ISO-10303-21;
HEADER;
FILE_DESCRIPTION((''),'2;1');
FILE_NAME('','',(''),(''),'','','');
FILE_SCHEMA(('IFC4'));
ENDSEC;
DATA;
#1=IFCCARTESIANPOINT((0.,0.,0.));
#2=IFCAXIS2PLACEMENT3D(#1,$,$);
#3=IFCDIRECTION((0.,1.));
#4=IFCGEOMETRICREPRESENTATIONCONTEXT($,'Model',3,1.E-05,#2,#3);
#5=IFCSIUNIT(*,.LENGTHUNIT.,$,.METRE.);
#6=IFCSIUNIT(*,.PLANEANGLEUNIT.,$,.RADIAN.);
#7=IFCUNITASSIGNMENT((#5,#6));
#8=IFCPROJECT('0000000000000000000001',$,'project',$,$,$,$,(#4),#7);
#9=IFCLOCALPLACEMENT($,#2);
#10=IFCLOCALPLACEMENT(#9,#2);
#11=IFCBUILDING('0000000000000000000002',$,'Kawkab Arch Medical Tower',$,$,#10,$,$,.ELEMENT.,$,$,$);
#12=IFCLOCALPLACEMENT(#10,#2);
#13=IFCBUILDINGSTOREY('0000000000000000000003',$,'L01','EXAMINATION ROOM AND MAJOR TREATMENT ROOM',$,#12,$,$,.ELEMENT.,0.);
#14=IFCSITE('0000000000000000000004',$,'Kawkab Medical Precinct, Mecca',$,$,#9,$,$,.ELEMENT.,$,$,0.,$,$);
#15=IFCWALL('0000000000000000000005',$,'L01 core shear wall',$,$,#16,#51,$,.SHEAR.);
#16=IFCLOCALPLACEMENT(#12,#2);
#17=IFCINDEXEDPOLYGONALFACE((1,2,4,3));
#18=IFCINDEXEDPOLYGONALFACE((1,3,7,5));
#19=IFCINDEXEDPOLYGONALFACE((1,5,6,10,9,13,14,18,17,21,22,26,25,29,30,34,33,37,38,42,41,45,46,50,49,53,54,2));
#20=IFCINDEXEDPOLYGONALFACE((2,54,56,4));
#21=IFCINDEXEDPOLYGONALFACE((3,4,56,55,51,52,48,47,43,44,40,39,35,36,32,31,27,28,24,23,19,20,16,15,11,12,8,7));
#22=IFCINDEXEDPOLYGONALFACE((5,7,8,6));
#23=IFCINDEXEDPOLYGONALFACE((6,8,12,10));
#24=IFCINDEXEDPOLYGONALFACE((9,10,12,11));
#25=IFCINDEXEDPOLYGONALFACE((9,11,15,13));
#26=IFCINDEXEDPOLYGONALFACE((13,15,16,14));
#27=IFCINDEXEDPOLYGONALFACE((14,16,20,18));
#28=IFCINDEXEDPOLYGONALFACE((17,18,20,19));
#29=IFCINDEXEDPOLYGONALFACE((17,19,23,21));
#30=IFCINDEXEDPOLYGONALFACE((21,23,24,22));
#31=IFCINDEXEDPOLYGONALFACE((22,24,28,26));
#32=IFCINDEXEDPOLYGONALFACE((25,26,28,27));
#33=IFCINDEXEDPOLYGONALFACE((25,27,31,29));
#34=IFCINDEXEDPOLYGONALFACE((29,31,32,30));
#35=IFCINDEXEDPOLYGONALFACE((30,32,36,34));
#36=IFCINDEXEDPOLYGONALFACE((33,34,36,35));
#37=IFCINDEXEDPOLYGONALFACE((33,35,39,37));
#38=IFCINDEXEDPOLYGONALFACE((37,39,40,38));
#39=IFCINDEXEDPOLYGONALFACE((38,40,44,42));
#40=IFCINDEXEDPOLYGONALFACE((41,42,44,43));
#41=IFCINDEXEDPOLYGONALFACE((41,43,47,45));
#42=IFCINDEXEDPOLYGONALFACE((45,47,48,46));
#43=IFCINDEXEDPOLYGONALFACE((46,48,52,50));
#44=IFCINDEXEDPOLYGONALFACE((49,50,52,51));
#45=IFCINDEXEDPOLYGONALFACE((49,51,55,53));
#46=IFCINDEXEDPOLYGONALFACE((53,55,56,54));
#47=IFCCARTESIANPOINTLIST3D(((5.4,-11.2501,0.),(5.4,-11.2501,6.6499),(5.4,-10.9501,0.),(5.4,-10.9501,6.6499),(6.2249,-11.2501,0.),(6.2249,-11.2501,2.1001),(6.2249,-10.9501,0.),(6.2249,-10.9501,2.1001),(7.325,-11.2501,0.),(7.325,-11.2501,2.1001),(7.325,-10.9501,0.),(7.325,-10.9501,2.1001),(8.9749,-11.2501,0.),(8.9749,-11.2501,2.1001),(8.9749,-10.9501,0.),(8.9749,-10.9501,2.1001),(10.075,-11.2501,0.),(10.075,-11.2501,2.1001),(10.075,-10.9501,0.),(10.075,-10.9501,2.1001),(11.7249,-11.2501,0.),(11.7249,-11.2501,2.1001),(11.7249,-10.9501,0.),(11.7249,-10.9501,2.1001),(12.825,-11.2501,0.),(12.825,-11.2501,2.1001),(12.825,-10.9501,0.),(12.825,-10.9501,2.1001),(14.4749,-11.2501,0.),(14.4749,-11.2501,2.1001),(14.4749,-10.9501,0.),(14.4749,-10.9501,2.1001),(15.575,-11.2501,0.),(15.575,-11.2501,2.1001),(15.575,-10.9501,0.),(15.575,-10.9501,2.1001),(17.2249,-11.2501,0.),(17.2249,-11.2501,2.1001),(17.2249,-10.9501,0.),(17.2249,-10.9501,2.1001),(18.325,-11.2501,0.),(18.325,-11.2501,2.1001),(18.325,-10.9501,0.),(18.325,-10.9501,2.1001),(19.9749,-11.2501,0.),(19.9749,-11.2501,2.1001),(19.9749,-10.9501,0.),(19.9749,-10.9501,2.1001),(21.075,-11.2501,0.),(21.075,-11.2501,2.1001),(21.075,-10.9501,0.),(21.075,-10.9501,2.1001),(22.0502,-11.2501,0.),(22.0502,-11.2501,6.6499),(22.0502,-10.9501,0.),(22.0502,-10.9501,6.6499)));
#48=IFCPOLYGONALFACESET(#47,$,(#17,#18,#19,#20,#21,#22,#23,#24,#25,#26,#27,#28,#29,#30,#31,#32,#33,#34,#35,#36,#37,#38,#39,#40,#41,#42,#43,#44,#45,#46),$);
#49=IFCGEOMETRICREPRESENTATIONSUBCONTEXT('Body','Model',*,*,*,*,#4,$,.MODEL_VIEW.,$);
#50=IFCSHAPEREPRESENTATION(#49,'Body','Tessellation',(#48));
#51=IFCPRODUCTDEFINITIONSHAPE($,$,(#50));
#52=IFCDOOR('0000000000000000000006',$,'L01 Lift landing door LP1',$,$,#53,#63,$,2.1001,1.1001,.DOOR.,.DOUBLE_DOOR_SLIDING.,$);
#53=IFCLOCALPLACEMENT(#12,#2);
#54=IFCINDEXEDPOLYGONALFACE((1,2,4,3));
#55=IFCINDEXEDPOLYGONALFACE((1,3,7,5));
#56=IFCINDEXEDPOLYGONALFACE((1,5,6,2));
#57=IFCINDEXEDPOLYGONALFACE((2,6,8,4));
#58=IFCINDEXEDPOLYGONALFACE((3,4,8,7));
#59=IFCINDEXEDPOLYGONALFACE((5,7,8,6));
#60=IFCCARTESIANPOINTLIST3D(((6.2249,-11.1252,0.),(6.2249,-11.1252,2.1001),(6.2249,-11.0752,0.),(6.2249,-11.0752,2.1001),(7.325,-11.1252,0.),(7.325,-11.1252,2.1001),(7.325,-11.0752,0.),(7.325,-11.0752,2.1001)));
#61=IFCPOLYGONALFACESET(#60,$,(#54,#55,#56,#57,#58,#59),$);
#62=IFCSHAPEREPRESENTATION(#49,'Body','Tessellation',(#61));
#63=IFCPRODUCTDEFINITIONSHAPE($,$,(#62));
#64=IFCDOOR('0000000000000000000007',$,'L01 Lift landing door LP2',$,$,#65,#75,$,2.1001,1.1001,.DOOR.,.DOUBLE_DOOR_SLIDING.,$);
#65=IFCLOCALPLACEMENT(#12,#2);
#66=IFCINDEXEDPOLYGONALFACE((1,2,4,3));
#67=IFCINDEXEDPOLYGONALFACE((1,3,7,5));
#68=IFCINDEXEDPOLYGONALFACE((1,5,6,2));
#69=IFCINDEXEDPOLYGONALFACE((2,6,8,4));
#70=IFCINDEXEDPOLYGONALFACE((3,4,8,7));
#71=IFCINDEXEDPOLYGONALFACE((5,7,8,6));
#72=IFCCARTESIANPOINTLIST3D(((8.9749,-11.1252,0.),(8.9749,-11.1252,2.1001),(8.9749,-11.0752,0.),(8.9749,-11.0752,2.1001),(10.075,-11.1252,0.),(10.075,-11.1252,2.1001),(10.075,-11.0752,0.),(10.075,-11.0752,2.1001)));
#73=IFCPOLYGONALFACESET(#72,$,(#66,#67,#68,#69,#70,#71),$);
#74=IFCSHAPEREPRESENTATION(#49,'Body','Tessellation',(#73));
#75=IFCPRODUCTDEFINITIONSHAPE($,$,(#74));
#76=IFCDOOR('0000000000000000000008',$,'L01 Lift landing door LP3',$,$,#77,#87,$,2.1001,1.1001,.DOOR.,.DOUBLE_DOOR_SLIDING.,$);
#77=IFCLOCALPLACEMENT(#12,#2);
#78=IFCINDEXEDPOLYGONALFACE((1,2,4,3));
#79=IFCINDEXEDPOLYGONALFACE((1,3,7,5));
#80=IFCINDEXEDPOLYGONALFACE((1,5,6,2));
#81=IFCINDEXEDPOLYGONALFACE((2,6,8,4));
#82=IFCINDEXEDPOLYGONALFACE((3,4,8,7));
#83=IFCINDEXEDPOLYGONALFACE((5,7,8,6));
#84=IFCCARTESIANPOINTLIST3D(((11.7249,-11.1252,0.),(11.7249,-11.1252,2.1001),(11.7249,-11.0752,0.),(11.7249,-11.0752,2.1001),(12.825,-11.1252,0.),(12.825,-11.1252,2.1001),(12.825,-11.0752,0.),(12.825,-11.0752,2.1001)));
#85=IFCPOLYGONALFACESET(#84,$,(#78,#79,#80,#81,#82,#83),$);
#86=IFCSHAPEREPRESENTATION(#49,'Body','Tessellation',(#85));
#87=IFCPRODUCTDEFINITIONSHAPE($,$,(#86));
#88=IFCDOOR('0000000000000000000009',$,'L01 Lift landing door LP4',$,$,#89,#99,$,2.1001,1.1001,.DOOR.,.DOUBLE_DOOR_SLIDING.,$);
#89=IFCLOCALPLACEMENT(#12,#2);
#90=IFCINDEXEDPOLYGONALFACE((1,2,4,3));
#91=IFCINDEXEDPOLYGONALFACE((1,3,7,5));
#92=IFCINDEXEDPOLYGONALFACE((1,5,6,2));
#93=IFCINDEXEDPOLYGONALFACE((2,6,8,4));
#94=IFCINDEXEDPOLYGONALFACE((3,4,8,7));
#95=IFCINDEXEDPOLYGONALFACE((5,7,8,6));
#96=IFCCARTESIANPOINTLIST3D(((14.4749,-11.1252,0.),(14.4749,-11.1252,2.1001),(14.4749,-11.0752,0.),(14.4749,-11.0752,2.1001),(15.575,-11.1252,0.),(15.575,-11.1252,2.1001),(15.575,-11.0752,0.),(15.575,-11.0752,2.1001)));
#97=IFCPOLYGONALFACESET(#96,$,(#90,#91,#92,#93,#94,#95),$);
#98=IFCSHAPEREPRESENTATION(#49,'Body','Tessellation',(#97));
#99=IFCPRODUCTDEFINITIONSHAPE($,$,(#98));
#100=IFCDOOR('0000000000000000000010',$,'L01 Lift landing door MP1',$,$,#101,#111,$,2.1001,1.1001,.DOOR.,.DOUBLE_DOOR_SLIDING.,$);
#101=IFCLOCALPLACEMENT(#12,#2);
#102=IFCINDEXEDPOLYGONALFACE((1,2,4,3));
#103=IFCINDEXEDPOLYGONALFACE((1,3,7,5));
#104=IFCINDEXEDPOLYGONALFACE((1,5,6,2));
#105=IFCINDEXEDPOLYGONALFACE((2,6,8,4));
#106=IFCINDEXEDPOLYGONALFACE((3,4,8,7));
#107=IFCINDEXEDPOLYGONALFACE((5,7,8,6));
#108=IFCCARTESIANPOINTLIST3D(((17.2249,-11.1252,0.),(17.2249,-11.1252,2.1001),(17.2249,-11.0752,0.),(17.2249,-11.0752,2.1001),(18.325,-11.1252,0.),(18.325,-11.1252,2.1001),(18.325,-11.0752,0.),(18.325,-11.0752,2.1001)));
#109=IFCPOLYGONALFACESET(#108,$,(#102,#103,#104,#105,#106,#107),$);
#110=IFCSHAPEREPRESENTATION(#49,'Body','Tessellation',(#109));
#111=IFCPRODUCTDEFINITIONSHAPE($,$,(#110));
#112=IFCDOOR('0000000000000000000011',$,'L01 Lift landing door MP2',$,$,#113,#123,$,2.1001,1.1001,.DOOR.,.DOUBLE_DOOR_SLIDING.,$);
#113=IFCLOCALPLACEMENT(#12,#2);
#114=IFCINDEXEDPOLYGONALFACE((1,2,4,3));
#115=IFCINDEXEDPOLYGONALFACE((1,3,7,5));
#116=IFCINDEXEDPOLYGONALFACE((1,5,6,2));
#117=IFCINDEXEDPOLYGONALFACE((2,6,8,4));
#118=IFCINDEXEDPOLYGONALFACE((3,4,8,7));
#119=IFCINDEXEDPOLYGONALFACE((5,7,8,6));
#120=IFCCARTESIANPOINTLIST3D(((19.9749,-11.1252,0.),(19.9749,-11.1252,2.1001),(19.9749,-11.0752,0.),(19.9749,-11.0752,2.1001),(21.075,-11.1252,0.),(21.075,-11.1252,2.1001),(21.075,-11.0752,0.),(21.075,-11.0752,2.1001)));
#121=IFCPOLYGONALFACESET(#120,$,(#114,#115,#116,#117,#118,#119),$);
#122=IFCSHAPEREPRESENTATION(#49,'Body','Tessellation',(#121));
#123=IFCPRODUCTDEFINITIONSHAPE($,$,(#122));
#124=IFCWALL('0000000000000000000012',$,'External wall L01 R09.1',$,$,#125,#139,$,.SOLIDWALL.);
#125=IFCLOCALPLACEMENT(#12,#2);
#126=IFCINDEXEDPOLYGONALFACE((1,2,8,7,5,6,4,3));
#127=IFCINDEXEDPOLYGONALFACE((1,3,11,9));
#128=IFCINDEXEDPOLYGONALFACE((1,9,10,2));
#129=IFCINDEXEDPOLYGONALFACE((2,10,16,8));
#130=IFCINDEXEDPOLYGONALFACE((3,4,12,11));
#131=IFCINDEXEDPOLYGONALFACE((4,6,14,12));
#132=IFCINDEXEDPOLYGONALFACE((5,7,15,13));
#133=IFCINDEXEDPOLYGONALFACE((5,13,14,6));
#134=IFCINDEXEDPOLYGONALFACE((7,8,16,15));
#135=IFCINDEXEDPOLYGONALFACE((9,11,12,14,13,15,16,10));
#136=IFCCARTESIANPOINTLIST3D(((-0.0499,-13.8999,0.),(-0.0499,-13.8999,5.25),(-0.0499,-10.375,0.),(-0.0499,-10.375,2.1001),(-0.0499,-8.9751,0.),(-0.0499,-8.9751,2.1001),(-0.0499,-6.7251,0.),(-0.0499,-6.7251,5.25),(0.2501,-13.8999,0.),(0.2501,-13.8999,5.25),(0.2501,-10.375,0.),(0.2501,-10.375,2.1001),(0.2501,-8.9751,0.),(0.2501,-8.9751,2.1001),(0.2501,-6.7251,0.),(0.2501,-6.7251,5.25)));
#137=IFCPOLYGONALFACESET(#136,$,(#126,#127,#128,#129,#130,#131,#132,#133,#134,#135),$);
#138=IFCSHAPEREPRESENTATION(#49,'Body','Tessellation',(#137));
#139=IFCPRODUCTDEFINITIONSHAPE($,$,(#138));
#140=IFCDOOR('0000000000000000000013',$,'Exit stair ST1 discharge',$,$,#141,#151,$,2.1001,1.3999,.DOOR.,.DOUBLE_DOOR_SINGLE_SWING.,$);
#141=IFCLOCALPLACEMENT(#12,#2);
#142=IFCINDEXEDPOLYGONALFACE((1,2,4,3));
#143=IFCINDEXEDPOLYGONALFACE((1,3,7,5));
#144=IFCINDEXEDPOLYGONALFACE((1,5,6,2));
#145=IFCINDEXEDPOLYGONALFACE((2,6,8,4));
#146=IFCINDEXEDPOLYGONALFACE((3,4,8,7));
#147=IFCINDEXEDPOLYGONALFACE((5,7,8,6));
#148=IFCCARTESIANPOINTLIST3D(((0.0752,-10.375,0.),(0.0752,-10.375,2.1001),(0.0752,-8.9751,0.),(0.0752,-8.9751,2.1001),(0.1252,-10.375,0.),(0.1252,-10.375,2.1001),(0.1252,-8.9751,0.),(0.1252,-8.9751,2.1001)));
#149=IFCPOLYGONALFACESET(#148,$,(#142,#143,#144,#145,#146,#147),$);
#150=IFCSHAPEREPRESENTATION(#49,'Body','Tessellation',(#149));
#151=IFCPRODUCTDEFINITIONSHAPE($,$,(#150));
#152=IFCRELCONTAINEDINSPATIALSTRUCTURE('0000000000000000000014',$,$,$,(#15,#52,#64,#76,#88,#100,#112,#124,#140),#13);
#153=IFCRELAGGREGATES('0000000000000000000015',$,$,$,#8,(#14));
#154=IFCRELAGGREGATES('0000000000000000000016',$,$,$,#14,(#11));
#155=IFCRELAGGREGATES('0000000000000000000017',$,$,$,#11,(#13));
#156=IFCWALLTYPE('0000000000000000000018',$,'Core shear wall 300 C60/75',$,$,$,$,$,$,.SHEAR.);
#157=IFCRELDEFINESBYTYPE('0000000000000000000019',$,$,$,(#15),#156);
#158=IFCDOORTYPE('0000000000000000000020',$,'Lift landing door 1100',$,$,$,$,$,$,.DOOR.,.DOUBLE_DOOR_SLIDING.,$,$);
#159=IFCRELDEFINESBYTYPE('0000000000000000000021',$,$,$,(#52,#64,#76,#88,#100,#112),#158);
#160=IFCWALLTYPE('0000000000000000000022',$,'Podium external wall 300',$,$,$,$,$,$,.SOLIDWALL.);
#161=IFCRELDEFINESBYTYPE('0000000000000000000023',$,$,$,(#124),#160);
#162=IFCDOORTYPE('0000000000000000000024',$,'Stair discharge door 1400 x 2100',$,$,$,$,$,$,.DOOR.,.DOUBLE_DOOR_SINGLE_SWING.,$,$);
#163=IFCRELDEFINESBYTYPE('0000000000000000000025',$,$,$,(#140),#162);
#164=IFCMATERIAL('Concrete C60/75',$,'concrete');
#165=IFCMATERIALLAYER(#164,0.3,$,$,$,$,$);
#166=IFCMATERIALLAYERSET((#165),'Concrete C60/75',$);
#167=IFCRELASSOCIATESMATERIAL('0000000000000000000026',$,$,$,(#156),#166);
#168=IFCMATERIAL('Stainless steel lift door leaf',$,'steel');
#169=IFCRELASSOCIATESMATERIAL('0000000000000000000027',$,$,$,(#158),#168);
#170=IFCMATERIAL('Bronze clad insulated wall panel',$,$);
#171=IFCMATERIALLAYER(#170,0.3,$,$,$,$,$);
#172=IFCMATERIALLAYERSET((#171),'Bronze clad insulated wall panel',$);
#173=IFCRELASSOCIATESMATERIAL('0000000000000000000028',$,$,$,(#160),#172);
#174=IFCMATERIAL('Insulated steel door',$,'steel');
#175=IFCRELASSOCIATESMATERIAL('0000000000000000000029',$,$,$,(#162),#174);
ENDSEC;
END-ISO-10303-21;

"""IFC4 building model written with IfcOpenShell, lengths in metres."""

from ifc_helpers import new_model, si_unit, direction, frame, frame_2d, origin, place, context, subcontext, project, spatial, rectangle, extrude, material, layer, layer_set, type_object, element, fill, save


model = new_model("IFC4")

# Units and contexts
model_context = context("Model", 3, precision=1e-05, world=origin(), true_north=direction((0.0, 1.0)))
body_context = subcontext(model_context, "Body", "Model", "MODEL_VIEW")
ifc_project = project(units=[si_unit("LENGTHUNIT", "METRE"), si_unit("PLANEANGLEUNIT", "RADIAN")], contexts=[model_context])

# Site, building, storey
site_placement = place(None, origin())
site = spatial("IfcSite", under=ifc_project, at=site_placement, Name="Kawkab Medical Precinct, Mecca", CompositionType="ELEMENT", RefElevation=0.0)
building_placement = place(site_placement, origin())
building = spatial("IfcBuilding", under=site, at=building_placement, Name="Kawkab Arch Medical Tower", CompositionType="ELEMENT")
storey_placement = place(building_placement, origin())
storey = spatial("IfcBuildingStorey", under=building, at=storey_placement, Name="L01", Description="EXAMINATION ROOM AND MAJOR TREATMENT ROOM", CompositionType="ELEMENT", Elevation=0.0)

# Shared definitions
ifc_material_1 = material(Name="Concrete C60/75", Category="concrete")
ifc_layer_1 = layer(ifc_material_1, 0.3)
ifc_layer_set_1 = layer_set([ifc_layer_1], Name="Concrete C60/75")
wall_type_1 = type_object("IfcWallType", Name="Core shear wall 300 C60/75", PredefinedType="SHEAR", material=ifc_layer_set_1)

# Wall, openings, doors
wall_1_placement = place(storey_placement, frame((5.3999, -11.1001, 0.0), z_axis=(0.0, 0.0, 1.0), x_axis=(1.0, 0.0, 0.0)))
wall_1 = element("IfcWall", 1, at=wall_1_placement, inside=storey, type_object=wall_type_1, Name="L01 core shear wall", PredefinedType="SHEAR", context=body_context, shape_type="SweptSolid", body=[
    extrude(rectangle(XDim=16.6501, YDim=0.3, at=frame_2d((8.3252, 0.0))), origin(), (0.0, 0.0, 1.0), 6.6499),
])
opening_1_placement = place(wall_1_placement, frame((0.825, 0.0, 0.0)))
opening_1 = element("IfcOpeningElement", 2, at=opening_1_placement, cuts=wall_1, PredefinedType="OPENING", context=body_context, shape_type="SweptSolid", body=[
    extrude(rectangle(XDim=1.1001, YDim=2.1001, at=frame_2d((0.55, 1.05))), frame((0.0, 0.1599, 0.0), z_axis=(0.0, -1.0, 0.0), x_axis=(1.0, 0.0, 0.0)), (0.0, 0.0, 1.0), 0.3201),
])
opening_2_placement = place(wall_1_placement, frame((3.575, 0.0, 0.0)))
opening_2 = element("IfcOpeningElement", 3, at=opening_2_placement, cuts=wall_1, PredefinedType="OPENING", context=body_context, shape_type="SweptSolid", body=[
    extrude(rectangle(XDim=1.1001, YDim=2.1001, at=frame_2d((0.55, 1.05))), frame((0.0, 0.1599, 0.0), z_axis=(0.0, -1.0, 0.0), x_axis=(1.0, 0.0, 0.0)), (0.0, 0.0, 1.0), 0.3201),
])
opening_3_placement = place(wall_1_placement, frame((6.325, 0.0, 0.0)))
opening_3 = element("IfcOpeningElement", 4, at=opening_3_placement, cuts=wall_1, PredefinedType="OPENING", context=body_context, shape_type="SweptSolid", body=[
    extrude(rectangle(XDim=1.1001, YDim=2.1001, at=frame_2d((0.55, 1.05))), frame((0.0, 0.1599, 0.0), z_axis=(0.0, -1.0, 0.0), x_axis=(1.0, 0.0, 0.0)), (0.0, 0.0, 1.0), 0.3201),
])
opening_4_placement = place(wall_1_placement, frame((9.075, 0.0, 0.0)))
opening_4 = element("IfcOpeningElement", 5, at=opening_4_placement, cuts=wall_1, PredefinedType="OPENING", context=body_context, shape_type="SweptSolid", body=[
    extrude(rectangle(XDim=1.1001, YDim=2.1001, at=frame_2d((0.55, 1.05))), frame((0.0, 0.1599, 0.0), z_axis=(0.0, -1.0, 0.0), x_axis=(1.0, 0.0, 0.0)), (0.0, 0.0, 1.0), 0.3201),
])
opening_5_placement = place(wall_1_placement, frame((11.825, 0.0, 0.0)))
opening_5 = element("IfcOpeningElement", 6, at=opening_5_placement, cuts=wall_1, PredefinedType="OPENING", context=body_context, shape_type="SweptSolid", body=[
    extrude(rectangle(XDim=1.1001, YDim=2.1001, at=frame_2d((0.55, 1.05))), frame((0.0, 0.1599, 0.0), z_axis=(0.0, -1.0, 0.0), x_axis=(1.0, 0.0, 0.0)), (0.0, 0.0, 1.0), 0.3201),
])
opening_6_placement = place(wall_1_placement, frame((14.575, 0.0, 0.0)))
opening_6 = element("IfcOpeningElement", 7, at=opening_6_placement, cuts=wall_1, PredefinedType="OPENING", context=body_context, shape_type="SweptSolid", body=[
    extrude(rectangle(XDim=1.1001, YDim=2.1001, at=frame_2d((0.55, 1.05))), frame((0.0, 0.1599, 0.0), z_axis=(0.0, -1.0, 0.0), x_axis=(1.0, 0.0, 0.0)), (0.0, 0.0, 1.0), 0.3201),
])
ifc_material_2 = material(Name="Stainless steel lift door leaf", Category="steel")
door_type_1 = type_object("IfcDoorType", Name="Lift landing door 1100", OperationType="DOUBLE_DOOR_SLIDING", PredefinedType="DOOR", material=ifc_material_2)
door_1_placement = place(opening_1_placement, origin())
door_1 = element("IfcDoor", 8, at=door_1_placement, inside=storey, type_object=door_type_1, Name="L01 Lift landing door LP1", OperationType="DOUBLE_DOOR_SLIDING", OverallHeight=2.1001, OverallWidth=1.1001, PredefinedType="DOOR", context=body_context, shape_type="SweptSolid", body=[
    extrude(rectangle(XDim=1.1001, YDim=2.1001, at=frame_2d((0.55, 1.05))), frame((0.0, 0.0249, 0.0), z_axis=(0.0, -1.0, 0.0), x_axis=(1.0, 0.0, 0.0)), (0.0, 0.0, 1.0), 0.05),
])
fill(opening_1, door_1)
door_2_placement = place(opening_2_placement, origin())
door_2 = element("IfcDoor", 9, at=door_2_placement, inside=storey, type_object=door_type_1, Name="L01 Lift landing door LP2", OperationType="DOUBLE_DOOR_SLIDING", OverallHeight=2.1001, OverallWidth=1.1001, PredefinedType="DOOR", context=body_context, shape_type="SweptSolid", body=[
    extrude(rectangle(XDim=1.1001, YDim=2.1001, at=frame_2d((0.55, 1.05))), frame((0.0, 0.0249, 0.0), z_axis=(0.0, -1.0, 0.0), x_axis=(1.0, 0.0, 0.0)), (0.0, 0.0, 1.0), 0.05),
])
fill(opening_2, door_2)
door_3_placement = place(opening_3_placement, origin())
door_3 = element("IfcDoor", 10, at=door_3_placement, inside=storey, type_object=door_type_1, Name="L01 Lift landing door LP3", OperationType="DOUBLE_DOOR_SLIDING", OverallHeight=2.1001, OverallWidth=1.1001, PredefinedType="DOOR", context=body_context, shape_type="SweptSolid", body=[
    extrude(rectangle(XDim=1.1001, YDim=2.1001, at=frame_2d((0.55, 1.05))), frame((0.0, 0.0249, 0.0), z_axis=(0.0, -1.0, 0.0), x_axis=(1.0, 0.0, 0.0)), (0.0, 0.0, 1.0), 0.05),
])
fill(opening_3, door_3)
door_4_placement = place(opening_4_placement, origin())
door_4 = element("IfcDoor", 11, at=door_4_placement, inside=storey, type_object=door_type_1, Name="L01 Lift landing door LP4", OperationType="DOUBLE_DOOR_SLIDING", OverallHeight=2.1001, OverallWidth=1.1001, PredefinedType="DOOR", context=body_context, shape_type="SweptSolid", body=[
    extrude(rectangle(XDim=1.1001, YDim=2.1001, at=frame_2d((0.55, 1.05))), frame((0.0, 0.0249, 0.0), z_axis=(0.0, -1.0, 0.0), x_axis=(1.0, 0.0, 0.0)), (0.0, 0.0, 1.0), 0.05),
])
fill(opening_4, door_4)
door_5_placement = place(opening_5_placement, origin())
door_5 = element("IfcDoor", 12, at=door_5_placement, inside=storey, type_object=door_type_1, Name="L01 Lift landing door MP1", OperationType="DOUBLE_DOOR_SLIDING", OverallHeight=2.1001, OverallWidth=1.1001, PredefinedType="DOOR", context=body_context, shape_type="SweptSolid", body=[
    extrude(rectangle(XDim=1.1001, YDim=2.1001, at=frame_2d((0.55, 1.05))), frame((0.0, 0.0249, 0.0), z_axis=(0.0, -1.0, 0.0), x_axis=(1.0, 0.0, 0.0)), (0.0, 0.0, 1.0), 0.05),
])
fill(opening_5, door_5)
door_6_placement = place(opening_6_placement, origin())
door_6 = element("IfcDoor", 13, at=door_6_placement, inside=storey, type_object=door_type_1, Name="L01 Lift landing door MP2", OperationType="DOUBLE_DOOR_SLIDING", OverallHeight=2.1001, OverallWidth=1.1001, PredefinedType="DOOR", context=body_context, shape_type="SweptSolid", body=[
    extrude(rectangle(XDim=1.1001, YDim=2.1001, at=frame_2d((0.55, 1.05))), frame((0.0, 0.0249, 0.0), z_axis=(0.0, -1.0, 0.0), x_axis=(1.0, 0.0, 0.0)), (0.0, 0.0, 1.0), 0.05),
])
fill(opening_6, door_6)

# Wall, opening, door
ifc_material_3 = material(Name="Bronze clad insulated wall panel")
ifc_layer_2 = layer(ifc_material_3, 0.3)
ifc_layer_set_2 = layer_set([ifc_layer_2], Name="Bronze clad insulated wall panel")
wall_type_2 = type_object("IfcWallType", Name="Podium external wall 300", PredefinedType="SOLIDWALL", material=ifc_layer_set_2)
wall_2_placement = place(storey_placement, frame((0.1001, -6.7251, 0.0), z_axis=(0.0, 0.0, 1.0), x_axis=(0.0, -1.0, 0.0)))
wall_2 = element("IfcWall", 14, at=wall_2_placement, inside=storey, type_object=wall_type_2, Name="External wall L01 R09.1", PredefinedType="SOLIDWALL", context=body_context, shape_type="SweptSolid", body=[
    extrude(rectangle(XDim=7.1748, YDim=0.3, at=frame_2d((3.5874, 0.0))), origin(), (0.0, 0.0, 1.0), 5.25),
])
opening_7_placement = place(wall_2_placement, frame((2.25, 0.0, 0.0)))
opening_7 = element("IfcOpeningElement", 15, at=opening_7_placement, cuts=wall_2, PredefinedType="OPENING", context=body_context, shape_type="SweptSolid", body=[
    extrude(rectangle(XDim=1.3999, YDim=2.1001, at=frame_2d((0.7, 1.05))), frame((0.0, 0.1599, 0.0), z_axis=(0.0, -1.0, 0.0), x_axis=(1.0, 0.0, 0.0)), (0.0, 0.0, 1.0), 0.3201),
])
ifc_material_4 = material(Name="Insulated steel door", Category="steel")
door_type_2 = type_object("IfcDoorType", Name="Stair discharge door 1400 x 2100", OperationType="DOUBLE_DOOR_SINGLE_SWING", PredefinedType="DOOR", material=ifc_material_4)
door_7_placement = place(opening_7_placement, frame((1.3999, 0.0, 0.0), z_axis=(0.0, 0.0, 1.0), x_axis=(-1.0, 0.0, 0.0)))
door_7 = element("IfcDoor", 16, at=door_7_placement, inside=storey, type_object=door_type_2, Name="Exit stair ST1 discharge", OperationType="DOUBLE_DOOR_SINGLE_SWING", OverallHeight=2.1001, OverallWidth=1.3999, PredefinedType="DOOR", context=body_context, shape_type="SweptSolid", body=[
    extrude(rectangle(XDim=1.3999, YDim=2.1001, at=frame_2d((0.7, 1.05))), frame((0.0, 0.0249, 0.0), z_axis=(0.0, -1.0, 0.0), x_axis=(1.0, 0.0, 0.0)), (0.0, 0.0, 1.0), 0.05),
])
fill(opening_7, door_7)

save(model, "model.ifc")
